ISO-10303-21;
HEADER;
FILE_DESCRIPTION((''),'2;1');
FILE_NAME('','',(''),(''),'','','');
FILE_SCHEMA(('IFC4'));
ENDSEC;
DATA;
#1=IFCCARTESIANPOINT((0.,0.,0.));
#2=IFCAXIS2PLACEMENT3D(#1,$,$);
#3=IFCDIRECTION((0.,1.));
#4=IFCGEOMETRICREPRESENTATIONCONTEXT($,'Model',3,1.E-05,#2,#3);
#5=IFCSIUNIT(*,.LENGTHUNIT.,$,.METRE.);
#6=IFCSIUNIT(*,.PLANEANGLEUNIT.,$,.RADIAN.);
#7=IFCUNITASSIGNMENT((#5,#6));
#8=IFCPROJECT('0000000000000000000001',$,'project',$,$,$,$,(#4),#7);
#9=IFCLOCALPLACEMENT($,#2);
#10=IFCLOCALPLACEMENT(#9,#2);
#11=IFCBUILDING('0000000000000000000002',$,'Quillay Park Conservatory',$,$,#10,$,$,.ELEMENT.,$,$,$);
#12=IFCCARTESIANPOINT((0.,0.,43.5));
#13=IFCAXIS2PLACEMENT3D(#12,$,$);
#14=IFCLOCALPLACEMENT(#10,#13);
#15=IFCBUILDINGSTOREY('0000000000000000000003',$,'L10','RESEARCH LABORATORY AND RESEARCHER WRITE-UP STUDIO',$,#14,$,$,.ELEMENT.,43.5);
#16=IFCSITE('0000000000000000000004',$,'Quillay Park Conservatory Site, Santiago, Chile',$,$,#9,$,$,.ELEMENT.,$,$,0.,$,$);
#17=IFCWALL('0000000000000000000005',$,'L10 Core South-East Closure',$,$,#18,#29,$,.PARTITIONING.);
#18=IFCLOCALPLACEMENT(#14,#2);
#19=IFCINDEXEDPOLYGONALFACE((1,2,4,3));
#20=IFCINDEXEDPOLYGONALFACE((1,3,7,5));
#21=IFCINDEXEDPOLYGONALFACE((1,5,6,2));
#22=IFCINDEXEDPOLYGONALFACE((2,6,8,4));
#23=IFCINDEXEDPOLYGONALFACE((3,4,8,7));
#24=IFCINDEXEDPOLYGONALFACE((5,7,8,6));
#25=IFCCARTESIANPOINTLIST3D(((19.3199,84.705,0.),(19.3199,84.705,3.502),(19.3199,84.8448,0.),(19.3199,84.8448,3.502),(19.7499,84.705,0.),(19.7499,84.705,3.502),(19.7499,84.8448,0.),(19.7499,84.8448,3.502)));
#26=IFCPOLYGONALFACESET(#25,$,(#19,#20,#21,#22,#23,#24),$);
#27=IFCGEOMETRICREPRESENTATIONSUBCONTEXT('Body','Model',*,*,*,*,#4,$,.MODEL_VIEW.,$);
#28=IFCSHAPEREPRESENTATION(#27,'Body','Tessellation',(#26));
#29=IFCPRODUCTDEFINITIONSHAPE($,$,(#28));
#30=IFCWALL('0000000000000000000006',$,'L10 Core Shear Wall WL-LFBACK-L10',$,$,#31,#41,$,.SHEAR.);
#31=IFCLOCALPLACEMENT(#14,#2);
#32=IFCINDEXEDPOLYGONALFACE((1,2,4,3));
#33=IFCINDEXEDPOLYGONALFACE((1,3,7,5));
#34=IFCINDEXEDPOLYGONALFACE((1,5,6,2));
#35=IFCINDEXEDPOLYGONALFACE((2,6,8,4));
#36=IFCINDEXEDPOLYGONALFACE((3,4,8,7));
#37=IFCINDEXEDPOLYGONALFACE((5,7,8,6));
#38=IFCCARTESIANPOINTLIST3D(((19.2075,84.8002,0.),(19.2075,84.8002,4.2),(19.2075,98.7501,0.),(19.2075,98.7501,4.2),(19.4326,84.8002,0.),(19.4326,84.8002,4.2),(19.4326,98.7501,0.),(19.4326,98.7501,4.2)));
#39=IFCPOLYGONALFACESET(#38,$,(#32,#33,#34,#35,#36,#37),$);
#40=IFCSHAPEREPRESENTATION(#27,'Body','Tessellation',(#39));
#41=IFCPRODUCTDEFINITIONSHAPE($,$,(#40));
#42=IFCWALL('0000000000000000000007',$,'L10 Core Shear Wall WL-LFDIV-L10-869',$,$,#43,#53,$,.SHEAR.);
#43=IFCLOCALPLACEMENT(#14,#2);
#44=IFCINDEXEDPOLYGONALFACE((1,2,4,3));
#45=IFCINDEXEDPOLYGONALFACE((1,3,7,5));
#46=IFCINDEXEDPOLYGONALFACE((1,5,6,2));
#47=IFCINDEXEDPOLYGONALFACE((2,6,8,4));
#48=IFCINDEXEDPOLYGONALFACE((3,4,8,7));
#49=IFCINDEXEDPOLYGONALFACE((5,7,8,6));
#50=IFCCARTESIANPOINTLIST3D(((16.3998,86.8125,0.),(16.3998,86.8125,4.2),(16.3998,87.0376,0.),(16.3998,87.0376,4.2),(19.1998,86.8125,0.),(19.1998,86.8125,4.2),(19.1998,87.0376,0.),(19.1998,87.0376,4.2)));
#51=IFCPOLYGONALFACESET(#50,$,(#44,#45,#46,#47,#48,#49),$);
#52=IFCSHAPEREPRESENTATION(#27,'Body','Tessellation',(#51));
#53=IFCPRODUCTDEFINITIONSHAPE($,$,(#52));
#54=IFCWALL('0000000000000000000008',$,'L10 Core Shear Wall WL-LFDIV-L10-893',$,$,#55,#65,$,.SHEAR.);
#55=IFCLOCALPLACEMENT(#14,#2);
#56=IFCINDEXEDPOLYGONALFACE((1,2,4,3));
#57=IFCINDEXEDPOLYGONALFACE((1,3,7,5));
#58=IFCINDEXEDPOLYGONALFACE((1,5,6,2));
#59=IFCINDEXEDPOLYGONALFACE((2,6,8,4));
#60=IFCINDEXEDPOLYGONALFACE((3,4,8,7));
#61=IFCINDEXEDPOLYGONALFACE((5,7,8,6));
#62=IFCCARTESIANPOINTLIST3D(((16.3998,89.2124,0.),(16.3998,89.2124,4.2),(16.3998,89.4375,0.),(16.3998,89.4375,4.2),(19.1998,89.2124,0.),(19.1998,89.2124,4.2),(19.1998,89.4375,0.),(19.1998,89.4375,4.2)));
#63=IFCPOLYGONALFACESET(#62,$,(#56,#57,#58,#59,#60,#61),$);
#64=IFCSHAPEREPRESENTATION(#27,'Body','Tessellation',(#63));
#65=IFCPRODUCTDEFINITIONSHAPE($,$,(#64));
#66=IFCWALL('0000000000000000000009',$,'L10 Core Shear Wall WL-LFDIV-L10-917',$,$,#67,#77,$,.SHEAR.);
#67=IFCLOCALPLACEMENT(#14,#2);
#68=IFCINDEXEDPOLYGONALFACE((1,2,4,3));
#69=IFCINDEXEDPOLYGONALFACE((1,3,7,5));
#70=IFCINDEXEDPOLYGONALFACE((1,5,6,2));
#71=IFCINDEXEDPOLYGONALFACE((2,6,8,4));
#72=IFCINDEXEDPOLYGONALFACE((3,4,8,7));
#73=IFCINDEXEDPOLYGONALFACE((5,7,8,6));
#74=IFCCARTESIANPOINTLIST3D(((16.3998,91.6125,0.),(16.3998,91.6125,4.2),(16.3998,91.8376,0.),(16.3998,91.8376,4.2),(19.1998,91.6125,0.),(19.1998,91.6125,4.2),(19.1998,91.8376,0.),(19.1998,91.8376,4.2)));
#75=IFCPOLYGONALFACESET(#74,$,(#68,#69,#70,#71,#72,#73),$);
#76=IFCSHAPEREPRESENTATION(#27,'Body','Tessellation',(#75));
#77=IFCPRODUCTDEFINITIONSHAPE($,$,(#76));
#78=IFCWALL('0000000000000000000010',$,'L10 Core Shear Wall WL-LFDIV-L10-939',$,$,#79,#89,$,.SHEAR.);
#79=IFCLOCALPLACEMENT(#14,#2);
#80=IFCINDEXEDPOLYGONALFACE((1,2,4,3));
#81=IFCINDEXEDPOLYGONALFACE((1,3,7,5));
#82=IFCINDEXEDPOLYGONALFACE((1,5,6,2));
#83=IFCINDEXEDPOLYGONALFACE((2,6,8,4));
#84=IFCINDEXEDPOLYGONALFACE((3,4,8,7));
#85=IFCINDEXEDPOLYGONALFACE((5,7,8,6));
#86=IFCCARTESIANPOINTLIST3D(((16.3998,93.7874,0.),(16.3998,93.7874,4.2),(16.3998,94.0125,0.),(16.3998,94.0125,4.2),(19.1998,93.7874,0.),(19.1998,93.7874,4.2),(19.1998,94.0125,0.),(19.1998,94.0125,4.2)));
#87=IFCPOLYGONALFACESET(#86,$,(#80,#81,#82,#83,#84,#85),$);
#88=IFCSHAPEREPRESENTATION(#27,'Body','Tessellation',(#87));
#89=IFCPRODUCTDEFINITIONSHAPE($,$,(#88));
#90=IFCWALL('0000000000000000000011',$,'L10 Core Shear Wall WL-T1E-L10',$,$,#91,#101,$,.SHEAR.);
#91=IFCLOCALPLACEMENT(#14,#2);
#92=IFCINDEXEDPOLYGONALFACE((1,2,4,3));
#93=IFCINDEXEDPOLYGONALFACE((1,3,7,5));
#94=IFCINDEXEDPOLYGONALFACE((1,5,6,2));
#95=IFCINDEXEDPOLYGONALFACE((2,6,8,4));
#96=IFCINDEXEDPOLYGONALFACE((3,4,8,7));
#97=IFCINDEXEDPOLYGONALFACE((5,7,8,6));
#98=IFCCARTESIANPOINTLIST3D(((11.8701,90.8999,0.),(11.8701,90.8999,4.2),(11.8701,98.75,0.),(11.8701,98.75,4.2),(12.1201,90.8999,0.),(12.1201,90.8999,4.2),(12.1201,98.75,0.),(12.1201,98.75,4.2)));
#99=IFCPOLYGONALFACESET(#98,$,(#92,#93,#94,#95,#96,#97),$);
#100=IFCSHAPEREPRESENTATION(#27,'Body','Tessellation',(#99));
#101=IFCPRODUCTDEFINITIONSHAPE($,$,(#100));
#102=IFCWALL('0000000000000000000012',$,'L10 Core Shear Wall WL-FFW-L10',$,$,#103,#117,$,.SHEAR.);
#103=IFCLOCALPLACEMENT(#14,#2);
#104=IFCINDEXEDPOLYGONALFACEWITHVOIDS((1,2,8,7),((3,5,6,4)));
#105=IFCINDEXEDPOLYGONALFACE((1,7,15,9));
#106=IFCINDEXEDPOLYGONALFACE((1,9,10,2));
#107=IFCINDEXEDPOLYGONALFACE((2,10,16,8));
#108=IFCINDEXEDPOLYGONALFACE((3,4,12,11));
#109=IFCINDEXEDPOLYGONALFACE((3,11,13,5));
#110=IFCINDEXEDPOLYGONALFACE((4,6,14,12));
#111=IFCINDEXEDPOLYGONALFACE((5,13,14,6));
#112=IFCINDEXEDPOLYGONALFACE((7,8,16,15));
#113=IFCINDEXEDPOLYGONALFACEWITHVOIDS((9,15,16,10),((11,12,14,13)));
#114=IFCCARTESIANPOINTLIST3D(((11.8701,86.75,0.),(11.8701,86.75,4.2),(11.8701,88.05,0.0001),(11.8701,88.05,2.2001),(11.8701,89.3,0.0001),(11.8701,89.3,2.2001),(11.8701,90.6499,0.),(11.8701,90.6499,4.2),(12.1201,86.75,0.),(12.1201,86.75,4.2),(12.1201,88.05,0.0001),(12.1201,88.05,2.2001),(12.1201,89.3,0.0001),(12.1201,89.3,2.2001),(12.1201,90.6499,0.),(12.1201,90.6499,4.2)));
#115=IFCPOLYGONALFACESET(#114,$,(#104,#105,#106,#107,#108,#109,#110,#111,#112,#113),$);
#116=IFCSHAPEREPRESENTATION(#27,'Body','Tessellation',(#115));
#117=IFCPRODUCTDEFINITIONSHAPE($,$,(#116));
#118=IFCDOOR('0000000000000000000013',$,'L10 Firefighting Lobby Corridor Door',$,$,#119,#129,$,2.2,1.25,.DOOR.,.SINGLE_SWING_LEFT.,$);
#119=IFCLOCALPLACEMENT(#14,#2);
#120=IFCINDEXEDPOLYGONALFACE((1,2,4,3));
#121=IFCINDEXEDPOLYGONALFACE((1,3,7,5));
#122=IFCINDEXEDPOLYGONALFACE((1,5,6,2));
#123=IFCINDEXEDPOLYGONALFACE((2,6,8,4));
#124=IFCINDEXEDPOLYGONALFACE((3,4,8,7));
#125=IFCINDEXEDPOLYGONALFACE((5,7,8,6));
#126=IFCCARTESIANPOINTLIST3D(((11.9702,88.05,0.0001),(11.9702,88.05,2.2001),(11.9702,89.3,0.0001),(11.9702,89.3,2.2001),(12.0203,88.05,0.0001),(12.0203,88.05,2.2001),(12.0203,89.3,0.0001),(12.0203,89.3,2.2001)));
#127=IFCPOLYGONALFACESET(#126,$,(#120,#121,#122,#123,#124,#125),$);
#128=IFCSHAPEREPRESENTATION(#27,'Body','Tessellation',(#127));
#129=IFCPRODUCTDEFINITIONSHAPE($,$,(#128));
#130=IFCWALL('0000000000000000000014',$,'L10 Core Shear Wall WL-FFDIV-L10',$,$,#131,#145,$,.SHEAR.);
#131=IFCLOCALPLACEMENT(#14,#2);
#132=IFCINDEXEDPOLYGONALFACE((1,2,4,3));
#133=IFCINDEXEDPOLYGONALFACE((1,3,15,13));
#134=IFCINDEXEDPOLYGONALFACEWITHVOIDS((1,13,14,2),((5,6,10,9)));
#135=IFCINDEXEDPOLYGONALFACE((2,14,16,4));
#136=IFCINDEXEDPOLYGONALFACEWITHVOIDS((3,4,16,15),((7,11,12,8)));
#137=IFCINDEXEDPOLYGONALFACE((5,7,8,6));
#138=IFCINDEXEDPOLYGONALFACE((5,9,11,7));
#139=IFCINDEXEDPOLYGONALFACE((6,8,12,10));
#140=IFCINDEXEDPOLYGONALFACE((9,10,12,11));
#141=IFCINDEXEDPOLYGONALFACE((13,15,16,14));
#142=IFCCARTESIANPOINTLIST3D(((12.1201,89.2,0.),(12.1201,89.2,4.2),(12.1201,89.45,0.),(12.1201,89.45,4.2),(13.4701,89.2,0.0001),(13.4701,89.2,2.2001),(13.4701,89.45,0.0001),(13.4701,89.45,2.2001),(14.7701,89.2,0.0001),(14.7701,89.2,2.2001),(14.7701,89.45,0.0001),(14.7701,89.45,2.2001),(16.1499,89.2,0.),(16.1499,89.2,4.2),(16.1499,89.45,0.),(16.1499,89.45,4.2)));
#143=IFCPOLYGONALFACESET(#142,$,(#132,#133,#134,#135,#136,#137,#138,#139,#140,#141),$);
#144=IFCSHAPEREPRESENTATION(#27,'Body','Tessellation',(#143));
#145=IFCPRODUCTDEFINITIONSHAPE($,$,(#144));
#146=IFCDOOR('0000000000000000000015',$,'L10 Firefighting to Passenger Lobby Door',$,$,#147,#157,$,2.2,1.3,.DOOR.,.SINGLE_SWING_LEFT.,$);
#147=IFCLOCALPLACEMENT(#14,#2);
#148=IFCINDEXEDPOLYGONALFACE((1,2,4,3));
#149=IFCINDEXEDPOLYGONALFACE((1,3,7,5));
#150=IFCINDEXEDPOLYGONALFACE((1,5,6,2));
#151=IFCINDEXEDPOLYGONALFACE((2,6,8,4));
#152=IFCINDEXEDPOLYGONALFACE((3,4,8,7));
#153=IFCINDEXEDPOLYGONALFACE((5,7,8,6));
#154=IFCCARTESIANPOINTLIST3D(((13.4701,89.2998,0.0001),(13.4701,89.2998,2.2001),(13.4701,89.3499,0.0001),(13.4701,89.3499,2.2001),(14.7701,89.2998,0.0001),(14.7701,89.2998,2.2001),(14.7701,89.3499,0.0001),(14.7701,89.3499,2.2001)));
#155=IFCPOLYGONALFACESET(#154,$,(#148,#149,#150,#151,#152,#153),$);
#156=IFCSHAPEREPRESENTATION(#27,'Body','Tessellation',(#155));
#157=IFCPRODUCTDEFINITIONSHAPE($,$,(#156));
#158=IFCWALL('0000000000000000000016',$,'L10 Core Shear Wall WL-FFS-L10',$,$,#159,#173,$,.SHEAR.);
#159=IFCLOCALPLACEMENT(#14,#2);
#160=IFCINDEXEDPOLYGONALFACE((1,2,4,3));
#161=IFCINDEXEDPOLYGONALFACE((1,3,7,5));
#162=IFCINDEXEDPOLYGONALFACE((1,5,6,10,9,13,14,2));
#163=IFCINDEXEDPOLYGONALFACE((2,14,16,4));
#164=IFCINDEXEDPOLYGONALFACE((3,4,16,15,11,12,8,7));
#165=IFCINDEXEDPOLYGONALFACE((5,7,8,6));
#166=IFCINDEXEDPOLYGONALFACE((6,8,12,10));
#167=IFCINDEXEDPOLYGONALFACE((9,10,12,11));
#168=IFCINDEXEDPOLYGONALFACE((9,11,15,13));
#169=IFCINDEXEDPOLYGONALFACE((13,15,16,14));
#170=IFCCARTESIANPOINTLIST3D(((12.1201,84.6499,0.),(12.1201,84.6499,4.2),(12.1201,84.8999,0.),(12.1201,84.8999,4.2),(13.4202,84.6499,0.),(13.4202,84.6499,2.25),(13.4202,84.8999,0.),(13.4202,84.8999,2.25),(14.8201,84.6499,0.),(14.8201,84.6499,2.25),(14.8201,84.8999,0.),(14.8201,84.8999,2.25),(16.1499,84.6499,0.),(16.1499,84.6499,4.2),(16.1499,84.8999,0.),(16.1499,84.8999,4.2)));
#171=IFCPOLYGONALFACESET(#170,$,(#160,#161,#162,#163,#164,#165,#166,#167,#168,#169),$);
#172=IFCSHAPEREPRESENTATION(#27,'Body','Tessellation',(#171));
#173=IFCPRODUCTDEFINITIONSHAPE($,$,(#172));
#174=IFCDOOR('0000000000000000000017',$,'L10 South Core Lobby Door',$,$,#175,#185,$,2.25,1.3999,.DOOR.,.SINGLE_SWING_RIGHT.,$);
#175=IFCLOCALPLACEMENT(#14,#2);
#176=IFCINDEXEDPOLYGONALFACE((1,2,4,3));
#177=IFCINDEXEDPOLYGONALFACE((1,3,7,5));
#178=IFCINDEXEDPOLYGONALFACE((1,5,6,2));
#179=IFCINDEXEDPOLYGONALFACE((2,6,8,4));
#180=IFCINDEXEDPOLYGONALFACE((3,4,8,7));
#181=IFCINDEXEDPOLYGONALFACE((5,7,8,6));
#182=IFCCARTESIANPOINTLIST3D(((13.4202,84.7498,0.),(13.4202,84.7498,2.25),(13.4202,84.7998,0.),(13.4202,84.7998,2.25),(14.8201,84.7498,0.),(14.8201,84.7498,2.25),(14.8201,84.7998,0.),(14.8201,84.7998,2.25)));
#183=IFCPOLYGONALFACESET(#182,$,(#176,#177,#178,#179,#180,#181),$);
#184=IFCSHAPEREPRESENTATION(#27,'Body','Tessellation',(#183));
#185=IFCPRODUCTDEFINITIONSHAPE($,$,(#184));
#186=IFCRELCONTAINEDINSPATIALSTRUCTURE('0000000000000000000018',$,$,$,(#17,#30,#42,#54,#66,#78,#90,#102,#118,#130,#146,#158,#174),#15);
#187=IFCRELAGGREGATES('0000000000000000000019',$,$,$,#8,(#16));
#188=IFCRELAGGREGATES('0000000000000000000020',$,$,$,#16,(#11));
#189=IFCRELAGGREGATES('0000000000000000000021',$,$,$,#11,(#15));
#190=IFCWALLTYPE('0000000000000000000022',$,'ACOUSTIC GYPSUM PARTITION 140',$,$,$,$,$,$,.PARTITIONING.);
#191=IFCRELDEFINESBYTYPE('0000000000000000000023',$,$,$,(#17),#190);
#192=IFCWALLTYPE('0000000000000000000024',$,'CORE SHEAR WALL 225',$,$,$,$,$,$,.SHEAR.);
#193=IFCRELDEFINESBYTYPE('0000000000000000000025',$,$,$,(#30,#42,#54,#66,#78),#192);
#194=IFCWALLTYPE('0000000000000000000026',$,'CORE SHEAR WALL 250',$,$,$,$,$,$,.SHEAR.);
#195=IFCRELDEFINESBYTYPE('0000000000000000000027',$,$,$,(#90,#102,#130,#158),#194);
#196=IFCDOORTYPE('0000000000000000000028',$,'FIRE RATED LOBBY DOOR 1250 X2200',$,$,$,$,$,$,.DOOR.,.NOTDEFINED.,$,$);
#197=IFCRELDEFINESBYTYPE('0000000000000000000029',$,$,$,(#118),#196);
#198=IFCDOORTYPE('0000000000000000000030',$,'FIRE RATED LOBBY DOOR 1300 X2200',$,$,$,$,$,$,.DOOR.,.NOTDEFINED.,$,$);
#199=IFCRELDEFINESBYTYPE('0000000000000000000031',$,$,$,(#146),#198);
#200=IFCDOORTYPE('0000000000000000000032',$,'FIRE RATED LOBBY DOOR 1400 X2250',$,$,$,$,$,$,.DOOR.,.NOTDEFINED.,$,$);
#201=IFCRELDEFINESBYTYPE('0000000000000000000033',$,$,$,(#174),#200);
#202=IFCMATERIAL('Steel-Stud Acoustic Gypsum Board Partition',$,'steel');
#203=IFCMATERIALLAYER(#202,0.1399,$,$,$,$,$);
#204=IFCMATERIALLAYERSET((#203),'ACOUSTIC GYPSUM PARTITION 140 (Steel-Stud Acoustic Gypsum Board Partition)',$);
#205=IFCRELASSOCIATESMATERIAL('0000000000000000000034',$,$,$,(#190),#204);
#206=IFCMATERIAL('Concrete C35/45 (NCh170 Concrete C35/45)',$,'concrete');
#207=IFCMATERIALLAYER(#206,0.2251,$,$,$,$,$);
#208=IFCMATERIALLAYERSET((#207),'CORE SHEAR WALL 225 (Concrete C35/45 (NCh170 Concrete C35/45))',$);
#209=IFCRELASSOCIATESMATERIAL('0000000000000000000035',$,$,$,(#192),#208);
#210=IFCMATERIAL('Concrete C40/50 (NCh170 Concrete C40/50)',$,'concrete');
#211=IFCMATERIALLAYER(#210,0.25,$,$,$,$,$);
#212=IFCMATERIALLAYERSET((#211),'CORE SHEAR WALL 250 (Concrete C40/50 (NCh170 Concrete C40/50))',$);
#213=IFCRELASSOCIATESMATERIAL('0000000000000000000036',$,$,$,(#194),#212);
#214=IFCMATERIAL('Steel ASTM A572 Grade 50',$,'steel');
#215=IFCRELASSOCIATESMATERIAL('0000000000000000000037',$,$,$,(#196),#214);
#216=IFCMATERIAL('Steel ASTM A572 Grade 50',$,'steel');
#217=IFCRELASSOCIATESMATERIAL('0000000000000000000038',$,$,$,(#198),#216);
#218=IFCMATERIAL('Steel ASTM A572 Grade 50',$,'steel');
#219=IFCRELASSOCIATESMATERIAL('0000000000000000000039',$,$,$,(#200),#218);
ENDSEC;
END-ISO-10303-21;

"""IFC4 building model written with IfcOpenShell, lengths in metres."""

from ifc_helpers import new_model, si_unit, direction, frame, frame_2d, origin, place, context, subcontext, project, spatial, rectangle, extrude, material, layer, layer_set, type_object, element, fill, save


model = new_model("IFC4")

# Units and contexts
model_context = context("Model", 3, precision=1e-05, world=origin(), true_north=direction((0.0, 1.0)))
body_context = subcontext(model_context, "Body", "Model", "MODEL_VIEW")
ifc_project = project(units=[si_unit("LENGTHUNIT", "METRE"), si_unit("PLANEANGLEUNIT", "RADIAN")], contexts=[model_context])

# Site, building, storey
site_placement = place(None, origin())
site = spatial("IfcSite", under=ifc_project, at=site_placement, Name="Quillay Park Conservatory Site, Santiago, Chile", CompositionType="ELEMENT", RefElevation=0.0)
building_placement = place(site_placement, origin())
building = spatial("IfcBuilding", under=site, at=building_placement, Name="Quillay Park Conservatory", CompositionType="ELEMENT")
storey_placement = place(building_placement, frame((0.0, 0.0, 43.5)))
storey = spatial("IfcBuildingStorey", under=building, at=storey_placement, Name="L10", Description="RESEARCH LABORATORY AND RESEARCHER WRITE-UP STUDIO", CompositionType="ELEMENT", Elevation=43.5)

# Walls
ifc_material_1 = material(Name="Steel-Stud Acoustic Gypsum Board Partition", Category="steel")
ifc_layer_1 = layer(ifc_material_1, 0.1399)
ifc_layer_set_1 = layer_set([ifc_layer_1], Name="ACOUSTIC GYPSUM PARTITION 140 (Steel-Stud Acoustic Gypsum Board Partition)")
wall_type_1 = type_object("IfcWallType", Name="ACOUSTIC GYPSUM PARTITION 140", PredefinedType="PARTITIONING", material=ifc_layer_set_1)
wall_1_placement = place(storey_placement, frame((19.3201, 84.7749, 0.0), z_axis=(0.0, 0.0, 1.0), x_axis=(1.0, 0.0, 0.0)))
element("IfcWall", 1, at=wall_1_placement, inside=storey, type_object=wall_type_1, Name="L10 Core South-East Closure", PredefinedType="PARTITIONING", context=body_context, shape_type="SweptSolid", body=[
    extrude(rectangle(XDim=0.4299, YDim=0.1399, at=frame_2d((0.2148, 0.0))), origin(), (0.0, 0.0, 1.0), 3.502),
])
ifc_material_2 = material(Name="Concrete C35/45 (NCh170 Concrete C35/45)", Category="concrete")
ifc_layer_2 = layer(ifc_material_2, 0.2251)
ifc_layer_set_2 = layer_set([ifc_layer_2], Name="CORE SHEAR WALL 225 (Concrete C35/45 (NCh170 Concrete C35/45))")
wall_type_2 = type_object("IfcWallType", Name="CORE SHEAR WALL 225", PredefinedType="SHEAR", material=ifc_layer_set_2)
wall_2_placement = place(storey_placement, frame((19.3201, 84.8, 0.0), z_axis=(0.0, 0.0, 1.0), x_axis=(0.0, 1.0, 0.0)))
element("IfcWall", 2, at=wall_2_placement, inside=storey, type_object=wall_type_2, Name="L10 Core Shear Wall WL-LFBACK-L10", PredefinedType="SHEAR", context=body_context, shape_type="SweptSolid", body=[
    extrude(rectangle(XDim=13.95, YDim=0.2251, at=frame_2d((6.9751, 0.0))), origin(), (0.0, 0.0, 1.0), 4.2),
])
for number, where, z_axis, x_axis, name in (
    (3, (16.3999, 86.925, 0.0), (0.0, 0.0, 1.0), (1.0, 0.0, 0.0), "L10 Core Shear Wall WL-LFDIV-L10-869"),
    (4, (16.3999, 89.325, 0.0), (0.0, 0.0, 1.0), (1.0, 0.0, 0.0), "L10 Core Shear Wall WL-LFDIV-L10-893"),
    (5, (16.3999, 91.7251, 0.0), (0.0, 0.0, 1.0), (1.0, 0.0, 0.0), "L10 Core Shear Wall WL-LFDIV-L10-917"),
    (6, (16.3999, 93.8999, 0.0), (0.0, 0.0, 1.0), (1.0, 0.0, 0.0), "L10 Core Shear Wall WL-LFDIV-L10-939"),
):
    element("IfcWall", number, at=place(storey_placement, frame(where, z_axis=z_axis, x_axis=x_axis)), inside=storey, type_object=wall_type_2, Name=name, PredefinedType="SHEAR", context=body_context, shape_type="SweptSolid", body=[
        extrude(rectangle(XDim=2.8, YDim=0.2251, at=frame_2d((1.3999, 0.0))), origin(), (0.0, 0.0, 1.0), 4.2),
    ])
ifc_material_3 = material(Name="Concrete C40/50 (NCh170 Concrete C40/50)", Category="concrete")
ifc_layer_3 = layer(ifc_material_3, 0.25)
ifc_layer_set_3 = layer_set([ifc_layer_3], Name="CORE SHEAR WALL 250 (Concrete C40/50 (NCh170 Concrete C40/50))")
wall_type_3 = type_object("IfcWallType", Name="CORE SHEAR WALL 250", PredefinedType="SHEAR", material=ifc_layer_set_3)
wall_3_placement = place(storey_placement, frame((11.9951, 90.8999, 0.0), z_axis=(0.0, 0.0, 1.0), x_axis=(0.0, 1.0, 0.0)))
element("IfcWall", 7, at=wall_3_placement, inside=storey, type_object=wall_type_3, Name="L10 Core Shear Wall WL-T1E-L10", PredefinedType="SHEAR", context=body_context, shape_type="SweptSolid", body=[
    extrude(rectangle(XDim=7.8501, YDim=0.25, at=frame_2d((3.925, 0.0))), origin(), (0.0, 0.0, 1.0), 4.2),
])

# Walls, openings, doors
wall_4_placement = place(storey_placement, frame((11.9951, 86.75, 0.0), z_axis=(0.0, 0.0, 1.0), x_axis=(0.0, 1.0, 0.0)))
wall_4 = element("IfcWall", 8, at=wall_4_placement, inside=storey, type_object=wall_type_3, Name="L10 Core Shear Wall WL-FFW-L10", PredefinedType="SHEAR", context=body_context, shape_type="SweptSolid", body=[
    extrude(rectangle(XDim=3.8999, YDim=0.25, at=frame_2d((1.95, 0.0))), origin(), (0.0, 0.0, 1.0), 4.2),
])
opening_1_placement = place(wall_4_placement, frame((1.3, 0.0, 0.0)))
opening_1 = element("IfcOpeningElement", 9, at=opening_1_placement, cuts=wall_4, PredefinedType="OPENING", context=body_context, shape_type="SweptSolid", body=[
    extrude(rectangle(XDim=1.25, YDim=2.2, at=frame_2d((0.625, 1.1001))), frame((0.0, 0.125, 0.0), z_axis=(0.0, -1.0, 0.0), x_axis=(1.0, 0.0, 0.0)), (0.0, 0.0, 1.0), 0.25),
])
ifc_material_4 = material(Name="Steel ASTM A572 Grade 50", Category="steel")
door_type_1 = type_object("IfcDoorType", Name="FIRE RATED LOBBY DOOR 1250 X2200", OperationType="NOTDEFINED", PredefinedType="DOOR", material=ifc_material_4)
door_1_placement = place(opening_1_placement, origin())
door_1 = element("IfcDoor", 10, at=door_1_placement, inside=storey, type_object=door_type_1, Name="L10 Firefighting Lobby Corridor Door", OperationType="SINGLE_SWING_LEFT", OverallHeight=2.2, OverallWidth=1.25, PredefinedType="DOOR", context=body_context, shape_type="SweptSolid", body=[
    extrude(rectangle(XDim=1.25, YDim=2.2, at=frame_2d((0.625, 1.1001))), frame((0.0, 0.0249, 0.0), z_axis=(0.0, -1.0, 0.0), x_axis=(1.0, 0.0, 0.0)), (0.0, 0.0, 1.0), 0.05),
])
fill(opening_1, door_1)
wall_5_placement = place(storey_placement, frame((12.1201, 89.325, 0.0), z_axis=(0.0, 0.0, 1.0), x_axis=(1.0, 0.0, 0.0)))
wall_5 = element("IfcWall", 11, at=wall_5_placement, inside=storey, type_object=wall_type_3, Name="L10 Core Shear Wall WL-FFDIV-L10", PredefinedType="SHEAR", context=body_context, shape_type="SweptSolid", body=[
    extrude(rectangle(XDim=4.0298, YDim=0.25, at=frame_2d((2.0149, 0.0))), origin(), (0.0, 0.0, 1.0), 4.2),
])
opening_2_placement = place(wall_5_placement, frame((1.3501, 0.0, 0.0)))
opening_2 = element("IfcOpeningElement", 12, at=opening_2_placement, cuts=wall_5, PredefinedType="OPENING", context=body_context, shape_type="SweptSolid", body=[
    extrude(rectangle(XDim=1.3, YDim=2.2, at=frame_2d((0.6499, 1.1001))), frame((0.0, 0.125, 0.0), z_axis=(0.0, -1.0, 0.0), x_axis=(1.0, 0.0, 0.0)), (0.0, 0.0, 1.0), 0.25),
])
ifc_material_5 = material(Name="Steel ASTM A572 Grade 50", Category="steel")
door_type_2 = type_object("IfcDoorType", Name="FIRE RATED LOBBY DOOR 1300 X2200", OperationType="NOTDEFINED", PredefinedType="DOOR", material=ifc_material_5)
door_2_placement = place(opening_2_placement, origin())
door_2 = element("IfcDoor", 13, at=door_2_placement, inside=storey, type_object=door_type_2, Name="L10 Firefighting to Passenger Lobby Door", OperationType="SINGLE_SWING_LEFT", OverallHeight=2.2, OverallWidth=1.3, PredefinedType="DOOR", context=body_context, shape_type="SweptSolid", body=[
    extrude(rectangle(XDim=1.3, YDim=2.2, at=frame_2d((0.6499, 1.1001))), frame((0.0, 0.0249, 0.0), z_axis=(0.0, -1.0, 0.0), x_axis=(1.0, 0.0, 0.0)), (0.0, 0.0, 1.0), 0.05),
])
fill(opening_2, door_2)
wall_6_placement = place(storey_placement, frame((12.1201, 84.7749, 0.0), z_axis=(0.0, 0.0, 1.0), x_axis=(1.0, 0.0, 0.0)))
wall_6 = element("IfcWall", 14, at=wall_6_placement, inside=storey, type_object=wall_type_3, Name="L10 Core Shear Wall WL-FFS-L10", PredefinedType="SHEAR", context=body_context, shape_type="SweptSolid", body=[
    extrude(rectangle(XDim=4.0298, YDim=0.25, at=frame_2d((2.0149, 0.0))), origin(), (0.0, 0.0, 1.0), 4.2),
])
opening_3_placement = place(wall_6_placement, frame((1.3, 0.0, 0.0)))
opening_3 = element("IfcOpeningElement", 15, at=opening_3_placement, cuts=wall_6, PredefinedType="OPENING", context=body_context, shape_type="SweptSolid", body=[
    extrude(rectangle(XDim=1.3999, YDim=2.25, at=frame_2d((0.7, 1.125))), frame((0.0, 0.125, 0.0), z_axis=(0.0, -1.0, 0.0), x_axis=(1.0, 0.0, 0.0)), (0.0, 0.0, 1.0), 0.25),
])
ifc_material_6 = material(Name="Steel ASTM A572 Grade 50", Category="steel")
door_type_3 = type_object("IfcDoorType", Name="FIRE RATED LOBBY DOOR 1400 X2250", OperationType="NOTDEFINED", PredefinedType="DOOR", material=ifc_material_6)
door_3_placement = place(opening_3_placement, origin())
door_3 = element("IfcDoor", 16, at=door_3_placement, inside=storey, type_object=door_type_3, Name="L10 South Core Lobby Door", OperationType="SINGLE_SWING_RIGHT", OverallHeight=2.25, OverallWidth=1.3999, PredefinedType="DOOR", context=body_context, shape_type="SweptSolid", body=[
    extrude(rectangle(XDim=1.3999, YDim=2.25, at=frame_2d((0.7, 1.125))), frame((0.0, 0.0249, 0.0), z_axis=(0.0, -1.0, 0.0), x_axis=(1.0, 0.0, 0.0)), (0.0, 0.0, 1.0), 0.05),
])
fill(opening_3, door_3)

save(model, "model.ifc")
